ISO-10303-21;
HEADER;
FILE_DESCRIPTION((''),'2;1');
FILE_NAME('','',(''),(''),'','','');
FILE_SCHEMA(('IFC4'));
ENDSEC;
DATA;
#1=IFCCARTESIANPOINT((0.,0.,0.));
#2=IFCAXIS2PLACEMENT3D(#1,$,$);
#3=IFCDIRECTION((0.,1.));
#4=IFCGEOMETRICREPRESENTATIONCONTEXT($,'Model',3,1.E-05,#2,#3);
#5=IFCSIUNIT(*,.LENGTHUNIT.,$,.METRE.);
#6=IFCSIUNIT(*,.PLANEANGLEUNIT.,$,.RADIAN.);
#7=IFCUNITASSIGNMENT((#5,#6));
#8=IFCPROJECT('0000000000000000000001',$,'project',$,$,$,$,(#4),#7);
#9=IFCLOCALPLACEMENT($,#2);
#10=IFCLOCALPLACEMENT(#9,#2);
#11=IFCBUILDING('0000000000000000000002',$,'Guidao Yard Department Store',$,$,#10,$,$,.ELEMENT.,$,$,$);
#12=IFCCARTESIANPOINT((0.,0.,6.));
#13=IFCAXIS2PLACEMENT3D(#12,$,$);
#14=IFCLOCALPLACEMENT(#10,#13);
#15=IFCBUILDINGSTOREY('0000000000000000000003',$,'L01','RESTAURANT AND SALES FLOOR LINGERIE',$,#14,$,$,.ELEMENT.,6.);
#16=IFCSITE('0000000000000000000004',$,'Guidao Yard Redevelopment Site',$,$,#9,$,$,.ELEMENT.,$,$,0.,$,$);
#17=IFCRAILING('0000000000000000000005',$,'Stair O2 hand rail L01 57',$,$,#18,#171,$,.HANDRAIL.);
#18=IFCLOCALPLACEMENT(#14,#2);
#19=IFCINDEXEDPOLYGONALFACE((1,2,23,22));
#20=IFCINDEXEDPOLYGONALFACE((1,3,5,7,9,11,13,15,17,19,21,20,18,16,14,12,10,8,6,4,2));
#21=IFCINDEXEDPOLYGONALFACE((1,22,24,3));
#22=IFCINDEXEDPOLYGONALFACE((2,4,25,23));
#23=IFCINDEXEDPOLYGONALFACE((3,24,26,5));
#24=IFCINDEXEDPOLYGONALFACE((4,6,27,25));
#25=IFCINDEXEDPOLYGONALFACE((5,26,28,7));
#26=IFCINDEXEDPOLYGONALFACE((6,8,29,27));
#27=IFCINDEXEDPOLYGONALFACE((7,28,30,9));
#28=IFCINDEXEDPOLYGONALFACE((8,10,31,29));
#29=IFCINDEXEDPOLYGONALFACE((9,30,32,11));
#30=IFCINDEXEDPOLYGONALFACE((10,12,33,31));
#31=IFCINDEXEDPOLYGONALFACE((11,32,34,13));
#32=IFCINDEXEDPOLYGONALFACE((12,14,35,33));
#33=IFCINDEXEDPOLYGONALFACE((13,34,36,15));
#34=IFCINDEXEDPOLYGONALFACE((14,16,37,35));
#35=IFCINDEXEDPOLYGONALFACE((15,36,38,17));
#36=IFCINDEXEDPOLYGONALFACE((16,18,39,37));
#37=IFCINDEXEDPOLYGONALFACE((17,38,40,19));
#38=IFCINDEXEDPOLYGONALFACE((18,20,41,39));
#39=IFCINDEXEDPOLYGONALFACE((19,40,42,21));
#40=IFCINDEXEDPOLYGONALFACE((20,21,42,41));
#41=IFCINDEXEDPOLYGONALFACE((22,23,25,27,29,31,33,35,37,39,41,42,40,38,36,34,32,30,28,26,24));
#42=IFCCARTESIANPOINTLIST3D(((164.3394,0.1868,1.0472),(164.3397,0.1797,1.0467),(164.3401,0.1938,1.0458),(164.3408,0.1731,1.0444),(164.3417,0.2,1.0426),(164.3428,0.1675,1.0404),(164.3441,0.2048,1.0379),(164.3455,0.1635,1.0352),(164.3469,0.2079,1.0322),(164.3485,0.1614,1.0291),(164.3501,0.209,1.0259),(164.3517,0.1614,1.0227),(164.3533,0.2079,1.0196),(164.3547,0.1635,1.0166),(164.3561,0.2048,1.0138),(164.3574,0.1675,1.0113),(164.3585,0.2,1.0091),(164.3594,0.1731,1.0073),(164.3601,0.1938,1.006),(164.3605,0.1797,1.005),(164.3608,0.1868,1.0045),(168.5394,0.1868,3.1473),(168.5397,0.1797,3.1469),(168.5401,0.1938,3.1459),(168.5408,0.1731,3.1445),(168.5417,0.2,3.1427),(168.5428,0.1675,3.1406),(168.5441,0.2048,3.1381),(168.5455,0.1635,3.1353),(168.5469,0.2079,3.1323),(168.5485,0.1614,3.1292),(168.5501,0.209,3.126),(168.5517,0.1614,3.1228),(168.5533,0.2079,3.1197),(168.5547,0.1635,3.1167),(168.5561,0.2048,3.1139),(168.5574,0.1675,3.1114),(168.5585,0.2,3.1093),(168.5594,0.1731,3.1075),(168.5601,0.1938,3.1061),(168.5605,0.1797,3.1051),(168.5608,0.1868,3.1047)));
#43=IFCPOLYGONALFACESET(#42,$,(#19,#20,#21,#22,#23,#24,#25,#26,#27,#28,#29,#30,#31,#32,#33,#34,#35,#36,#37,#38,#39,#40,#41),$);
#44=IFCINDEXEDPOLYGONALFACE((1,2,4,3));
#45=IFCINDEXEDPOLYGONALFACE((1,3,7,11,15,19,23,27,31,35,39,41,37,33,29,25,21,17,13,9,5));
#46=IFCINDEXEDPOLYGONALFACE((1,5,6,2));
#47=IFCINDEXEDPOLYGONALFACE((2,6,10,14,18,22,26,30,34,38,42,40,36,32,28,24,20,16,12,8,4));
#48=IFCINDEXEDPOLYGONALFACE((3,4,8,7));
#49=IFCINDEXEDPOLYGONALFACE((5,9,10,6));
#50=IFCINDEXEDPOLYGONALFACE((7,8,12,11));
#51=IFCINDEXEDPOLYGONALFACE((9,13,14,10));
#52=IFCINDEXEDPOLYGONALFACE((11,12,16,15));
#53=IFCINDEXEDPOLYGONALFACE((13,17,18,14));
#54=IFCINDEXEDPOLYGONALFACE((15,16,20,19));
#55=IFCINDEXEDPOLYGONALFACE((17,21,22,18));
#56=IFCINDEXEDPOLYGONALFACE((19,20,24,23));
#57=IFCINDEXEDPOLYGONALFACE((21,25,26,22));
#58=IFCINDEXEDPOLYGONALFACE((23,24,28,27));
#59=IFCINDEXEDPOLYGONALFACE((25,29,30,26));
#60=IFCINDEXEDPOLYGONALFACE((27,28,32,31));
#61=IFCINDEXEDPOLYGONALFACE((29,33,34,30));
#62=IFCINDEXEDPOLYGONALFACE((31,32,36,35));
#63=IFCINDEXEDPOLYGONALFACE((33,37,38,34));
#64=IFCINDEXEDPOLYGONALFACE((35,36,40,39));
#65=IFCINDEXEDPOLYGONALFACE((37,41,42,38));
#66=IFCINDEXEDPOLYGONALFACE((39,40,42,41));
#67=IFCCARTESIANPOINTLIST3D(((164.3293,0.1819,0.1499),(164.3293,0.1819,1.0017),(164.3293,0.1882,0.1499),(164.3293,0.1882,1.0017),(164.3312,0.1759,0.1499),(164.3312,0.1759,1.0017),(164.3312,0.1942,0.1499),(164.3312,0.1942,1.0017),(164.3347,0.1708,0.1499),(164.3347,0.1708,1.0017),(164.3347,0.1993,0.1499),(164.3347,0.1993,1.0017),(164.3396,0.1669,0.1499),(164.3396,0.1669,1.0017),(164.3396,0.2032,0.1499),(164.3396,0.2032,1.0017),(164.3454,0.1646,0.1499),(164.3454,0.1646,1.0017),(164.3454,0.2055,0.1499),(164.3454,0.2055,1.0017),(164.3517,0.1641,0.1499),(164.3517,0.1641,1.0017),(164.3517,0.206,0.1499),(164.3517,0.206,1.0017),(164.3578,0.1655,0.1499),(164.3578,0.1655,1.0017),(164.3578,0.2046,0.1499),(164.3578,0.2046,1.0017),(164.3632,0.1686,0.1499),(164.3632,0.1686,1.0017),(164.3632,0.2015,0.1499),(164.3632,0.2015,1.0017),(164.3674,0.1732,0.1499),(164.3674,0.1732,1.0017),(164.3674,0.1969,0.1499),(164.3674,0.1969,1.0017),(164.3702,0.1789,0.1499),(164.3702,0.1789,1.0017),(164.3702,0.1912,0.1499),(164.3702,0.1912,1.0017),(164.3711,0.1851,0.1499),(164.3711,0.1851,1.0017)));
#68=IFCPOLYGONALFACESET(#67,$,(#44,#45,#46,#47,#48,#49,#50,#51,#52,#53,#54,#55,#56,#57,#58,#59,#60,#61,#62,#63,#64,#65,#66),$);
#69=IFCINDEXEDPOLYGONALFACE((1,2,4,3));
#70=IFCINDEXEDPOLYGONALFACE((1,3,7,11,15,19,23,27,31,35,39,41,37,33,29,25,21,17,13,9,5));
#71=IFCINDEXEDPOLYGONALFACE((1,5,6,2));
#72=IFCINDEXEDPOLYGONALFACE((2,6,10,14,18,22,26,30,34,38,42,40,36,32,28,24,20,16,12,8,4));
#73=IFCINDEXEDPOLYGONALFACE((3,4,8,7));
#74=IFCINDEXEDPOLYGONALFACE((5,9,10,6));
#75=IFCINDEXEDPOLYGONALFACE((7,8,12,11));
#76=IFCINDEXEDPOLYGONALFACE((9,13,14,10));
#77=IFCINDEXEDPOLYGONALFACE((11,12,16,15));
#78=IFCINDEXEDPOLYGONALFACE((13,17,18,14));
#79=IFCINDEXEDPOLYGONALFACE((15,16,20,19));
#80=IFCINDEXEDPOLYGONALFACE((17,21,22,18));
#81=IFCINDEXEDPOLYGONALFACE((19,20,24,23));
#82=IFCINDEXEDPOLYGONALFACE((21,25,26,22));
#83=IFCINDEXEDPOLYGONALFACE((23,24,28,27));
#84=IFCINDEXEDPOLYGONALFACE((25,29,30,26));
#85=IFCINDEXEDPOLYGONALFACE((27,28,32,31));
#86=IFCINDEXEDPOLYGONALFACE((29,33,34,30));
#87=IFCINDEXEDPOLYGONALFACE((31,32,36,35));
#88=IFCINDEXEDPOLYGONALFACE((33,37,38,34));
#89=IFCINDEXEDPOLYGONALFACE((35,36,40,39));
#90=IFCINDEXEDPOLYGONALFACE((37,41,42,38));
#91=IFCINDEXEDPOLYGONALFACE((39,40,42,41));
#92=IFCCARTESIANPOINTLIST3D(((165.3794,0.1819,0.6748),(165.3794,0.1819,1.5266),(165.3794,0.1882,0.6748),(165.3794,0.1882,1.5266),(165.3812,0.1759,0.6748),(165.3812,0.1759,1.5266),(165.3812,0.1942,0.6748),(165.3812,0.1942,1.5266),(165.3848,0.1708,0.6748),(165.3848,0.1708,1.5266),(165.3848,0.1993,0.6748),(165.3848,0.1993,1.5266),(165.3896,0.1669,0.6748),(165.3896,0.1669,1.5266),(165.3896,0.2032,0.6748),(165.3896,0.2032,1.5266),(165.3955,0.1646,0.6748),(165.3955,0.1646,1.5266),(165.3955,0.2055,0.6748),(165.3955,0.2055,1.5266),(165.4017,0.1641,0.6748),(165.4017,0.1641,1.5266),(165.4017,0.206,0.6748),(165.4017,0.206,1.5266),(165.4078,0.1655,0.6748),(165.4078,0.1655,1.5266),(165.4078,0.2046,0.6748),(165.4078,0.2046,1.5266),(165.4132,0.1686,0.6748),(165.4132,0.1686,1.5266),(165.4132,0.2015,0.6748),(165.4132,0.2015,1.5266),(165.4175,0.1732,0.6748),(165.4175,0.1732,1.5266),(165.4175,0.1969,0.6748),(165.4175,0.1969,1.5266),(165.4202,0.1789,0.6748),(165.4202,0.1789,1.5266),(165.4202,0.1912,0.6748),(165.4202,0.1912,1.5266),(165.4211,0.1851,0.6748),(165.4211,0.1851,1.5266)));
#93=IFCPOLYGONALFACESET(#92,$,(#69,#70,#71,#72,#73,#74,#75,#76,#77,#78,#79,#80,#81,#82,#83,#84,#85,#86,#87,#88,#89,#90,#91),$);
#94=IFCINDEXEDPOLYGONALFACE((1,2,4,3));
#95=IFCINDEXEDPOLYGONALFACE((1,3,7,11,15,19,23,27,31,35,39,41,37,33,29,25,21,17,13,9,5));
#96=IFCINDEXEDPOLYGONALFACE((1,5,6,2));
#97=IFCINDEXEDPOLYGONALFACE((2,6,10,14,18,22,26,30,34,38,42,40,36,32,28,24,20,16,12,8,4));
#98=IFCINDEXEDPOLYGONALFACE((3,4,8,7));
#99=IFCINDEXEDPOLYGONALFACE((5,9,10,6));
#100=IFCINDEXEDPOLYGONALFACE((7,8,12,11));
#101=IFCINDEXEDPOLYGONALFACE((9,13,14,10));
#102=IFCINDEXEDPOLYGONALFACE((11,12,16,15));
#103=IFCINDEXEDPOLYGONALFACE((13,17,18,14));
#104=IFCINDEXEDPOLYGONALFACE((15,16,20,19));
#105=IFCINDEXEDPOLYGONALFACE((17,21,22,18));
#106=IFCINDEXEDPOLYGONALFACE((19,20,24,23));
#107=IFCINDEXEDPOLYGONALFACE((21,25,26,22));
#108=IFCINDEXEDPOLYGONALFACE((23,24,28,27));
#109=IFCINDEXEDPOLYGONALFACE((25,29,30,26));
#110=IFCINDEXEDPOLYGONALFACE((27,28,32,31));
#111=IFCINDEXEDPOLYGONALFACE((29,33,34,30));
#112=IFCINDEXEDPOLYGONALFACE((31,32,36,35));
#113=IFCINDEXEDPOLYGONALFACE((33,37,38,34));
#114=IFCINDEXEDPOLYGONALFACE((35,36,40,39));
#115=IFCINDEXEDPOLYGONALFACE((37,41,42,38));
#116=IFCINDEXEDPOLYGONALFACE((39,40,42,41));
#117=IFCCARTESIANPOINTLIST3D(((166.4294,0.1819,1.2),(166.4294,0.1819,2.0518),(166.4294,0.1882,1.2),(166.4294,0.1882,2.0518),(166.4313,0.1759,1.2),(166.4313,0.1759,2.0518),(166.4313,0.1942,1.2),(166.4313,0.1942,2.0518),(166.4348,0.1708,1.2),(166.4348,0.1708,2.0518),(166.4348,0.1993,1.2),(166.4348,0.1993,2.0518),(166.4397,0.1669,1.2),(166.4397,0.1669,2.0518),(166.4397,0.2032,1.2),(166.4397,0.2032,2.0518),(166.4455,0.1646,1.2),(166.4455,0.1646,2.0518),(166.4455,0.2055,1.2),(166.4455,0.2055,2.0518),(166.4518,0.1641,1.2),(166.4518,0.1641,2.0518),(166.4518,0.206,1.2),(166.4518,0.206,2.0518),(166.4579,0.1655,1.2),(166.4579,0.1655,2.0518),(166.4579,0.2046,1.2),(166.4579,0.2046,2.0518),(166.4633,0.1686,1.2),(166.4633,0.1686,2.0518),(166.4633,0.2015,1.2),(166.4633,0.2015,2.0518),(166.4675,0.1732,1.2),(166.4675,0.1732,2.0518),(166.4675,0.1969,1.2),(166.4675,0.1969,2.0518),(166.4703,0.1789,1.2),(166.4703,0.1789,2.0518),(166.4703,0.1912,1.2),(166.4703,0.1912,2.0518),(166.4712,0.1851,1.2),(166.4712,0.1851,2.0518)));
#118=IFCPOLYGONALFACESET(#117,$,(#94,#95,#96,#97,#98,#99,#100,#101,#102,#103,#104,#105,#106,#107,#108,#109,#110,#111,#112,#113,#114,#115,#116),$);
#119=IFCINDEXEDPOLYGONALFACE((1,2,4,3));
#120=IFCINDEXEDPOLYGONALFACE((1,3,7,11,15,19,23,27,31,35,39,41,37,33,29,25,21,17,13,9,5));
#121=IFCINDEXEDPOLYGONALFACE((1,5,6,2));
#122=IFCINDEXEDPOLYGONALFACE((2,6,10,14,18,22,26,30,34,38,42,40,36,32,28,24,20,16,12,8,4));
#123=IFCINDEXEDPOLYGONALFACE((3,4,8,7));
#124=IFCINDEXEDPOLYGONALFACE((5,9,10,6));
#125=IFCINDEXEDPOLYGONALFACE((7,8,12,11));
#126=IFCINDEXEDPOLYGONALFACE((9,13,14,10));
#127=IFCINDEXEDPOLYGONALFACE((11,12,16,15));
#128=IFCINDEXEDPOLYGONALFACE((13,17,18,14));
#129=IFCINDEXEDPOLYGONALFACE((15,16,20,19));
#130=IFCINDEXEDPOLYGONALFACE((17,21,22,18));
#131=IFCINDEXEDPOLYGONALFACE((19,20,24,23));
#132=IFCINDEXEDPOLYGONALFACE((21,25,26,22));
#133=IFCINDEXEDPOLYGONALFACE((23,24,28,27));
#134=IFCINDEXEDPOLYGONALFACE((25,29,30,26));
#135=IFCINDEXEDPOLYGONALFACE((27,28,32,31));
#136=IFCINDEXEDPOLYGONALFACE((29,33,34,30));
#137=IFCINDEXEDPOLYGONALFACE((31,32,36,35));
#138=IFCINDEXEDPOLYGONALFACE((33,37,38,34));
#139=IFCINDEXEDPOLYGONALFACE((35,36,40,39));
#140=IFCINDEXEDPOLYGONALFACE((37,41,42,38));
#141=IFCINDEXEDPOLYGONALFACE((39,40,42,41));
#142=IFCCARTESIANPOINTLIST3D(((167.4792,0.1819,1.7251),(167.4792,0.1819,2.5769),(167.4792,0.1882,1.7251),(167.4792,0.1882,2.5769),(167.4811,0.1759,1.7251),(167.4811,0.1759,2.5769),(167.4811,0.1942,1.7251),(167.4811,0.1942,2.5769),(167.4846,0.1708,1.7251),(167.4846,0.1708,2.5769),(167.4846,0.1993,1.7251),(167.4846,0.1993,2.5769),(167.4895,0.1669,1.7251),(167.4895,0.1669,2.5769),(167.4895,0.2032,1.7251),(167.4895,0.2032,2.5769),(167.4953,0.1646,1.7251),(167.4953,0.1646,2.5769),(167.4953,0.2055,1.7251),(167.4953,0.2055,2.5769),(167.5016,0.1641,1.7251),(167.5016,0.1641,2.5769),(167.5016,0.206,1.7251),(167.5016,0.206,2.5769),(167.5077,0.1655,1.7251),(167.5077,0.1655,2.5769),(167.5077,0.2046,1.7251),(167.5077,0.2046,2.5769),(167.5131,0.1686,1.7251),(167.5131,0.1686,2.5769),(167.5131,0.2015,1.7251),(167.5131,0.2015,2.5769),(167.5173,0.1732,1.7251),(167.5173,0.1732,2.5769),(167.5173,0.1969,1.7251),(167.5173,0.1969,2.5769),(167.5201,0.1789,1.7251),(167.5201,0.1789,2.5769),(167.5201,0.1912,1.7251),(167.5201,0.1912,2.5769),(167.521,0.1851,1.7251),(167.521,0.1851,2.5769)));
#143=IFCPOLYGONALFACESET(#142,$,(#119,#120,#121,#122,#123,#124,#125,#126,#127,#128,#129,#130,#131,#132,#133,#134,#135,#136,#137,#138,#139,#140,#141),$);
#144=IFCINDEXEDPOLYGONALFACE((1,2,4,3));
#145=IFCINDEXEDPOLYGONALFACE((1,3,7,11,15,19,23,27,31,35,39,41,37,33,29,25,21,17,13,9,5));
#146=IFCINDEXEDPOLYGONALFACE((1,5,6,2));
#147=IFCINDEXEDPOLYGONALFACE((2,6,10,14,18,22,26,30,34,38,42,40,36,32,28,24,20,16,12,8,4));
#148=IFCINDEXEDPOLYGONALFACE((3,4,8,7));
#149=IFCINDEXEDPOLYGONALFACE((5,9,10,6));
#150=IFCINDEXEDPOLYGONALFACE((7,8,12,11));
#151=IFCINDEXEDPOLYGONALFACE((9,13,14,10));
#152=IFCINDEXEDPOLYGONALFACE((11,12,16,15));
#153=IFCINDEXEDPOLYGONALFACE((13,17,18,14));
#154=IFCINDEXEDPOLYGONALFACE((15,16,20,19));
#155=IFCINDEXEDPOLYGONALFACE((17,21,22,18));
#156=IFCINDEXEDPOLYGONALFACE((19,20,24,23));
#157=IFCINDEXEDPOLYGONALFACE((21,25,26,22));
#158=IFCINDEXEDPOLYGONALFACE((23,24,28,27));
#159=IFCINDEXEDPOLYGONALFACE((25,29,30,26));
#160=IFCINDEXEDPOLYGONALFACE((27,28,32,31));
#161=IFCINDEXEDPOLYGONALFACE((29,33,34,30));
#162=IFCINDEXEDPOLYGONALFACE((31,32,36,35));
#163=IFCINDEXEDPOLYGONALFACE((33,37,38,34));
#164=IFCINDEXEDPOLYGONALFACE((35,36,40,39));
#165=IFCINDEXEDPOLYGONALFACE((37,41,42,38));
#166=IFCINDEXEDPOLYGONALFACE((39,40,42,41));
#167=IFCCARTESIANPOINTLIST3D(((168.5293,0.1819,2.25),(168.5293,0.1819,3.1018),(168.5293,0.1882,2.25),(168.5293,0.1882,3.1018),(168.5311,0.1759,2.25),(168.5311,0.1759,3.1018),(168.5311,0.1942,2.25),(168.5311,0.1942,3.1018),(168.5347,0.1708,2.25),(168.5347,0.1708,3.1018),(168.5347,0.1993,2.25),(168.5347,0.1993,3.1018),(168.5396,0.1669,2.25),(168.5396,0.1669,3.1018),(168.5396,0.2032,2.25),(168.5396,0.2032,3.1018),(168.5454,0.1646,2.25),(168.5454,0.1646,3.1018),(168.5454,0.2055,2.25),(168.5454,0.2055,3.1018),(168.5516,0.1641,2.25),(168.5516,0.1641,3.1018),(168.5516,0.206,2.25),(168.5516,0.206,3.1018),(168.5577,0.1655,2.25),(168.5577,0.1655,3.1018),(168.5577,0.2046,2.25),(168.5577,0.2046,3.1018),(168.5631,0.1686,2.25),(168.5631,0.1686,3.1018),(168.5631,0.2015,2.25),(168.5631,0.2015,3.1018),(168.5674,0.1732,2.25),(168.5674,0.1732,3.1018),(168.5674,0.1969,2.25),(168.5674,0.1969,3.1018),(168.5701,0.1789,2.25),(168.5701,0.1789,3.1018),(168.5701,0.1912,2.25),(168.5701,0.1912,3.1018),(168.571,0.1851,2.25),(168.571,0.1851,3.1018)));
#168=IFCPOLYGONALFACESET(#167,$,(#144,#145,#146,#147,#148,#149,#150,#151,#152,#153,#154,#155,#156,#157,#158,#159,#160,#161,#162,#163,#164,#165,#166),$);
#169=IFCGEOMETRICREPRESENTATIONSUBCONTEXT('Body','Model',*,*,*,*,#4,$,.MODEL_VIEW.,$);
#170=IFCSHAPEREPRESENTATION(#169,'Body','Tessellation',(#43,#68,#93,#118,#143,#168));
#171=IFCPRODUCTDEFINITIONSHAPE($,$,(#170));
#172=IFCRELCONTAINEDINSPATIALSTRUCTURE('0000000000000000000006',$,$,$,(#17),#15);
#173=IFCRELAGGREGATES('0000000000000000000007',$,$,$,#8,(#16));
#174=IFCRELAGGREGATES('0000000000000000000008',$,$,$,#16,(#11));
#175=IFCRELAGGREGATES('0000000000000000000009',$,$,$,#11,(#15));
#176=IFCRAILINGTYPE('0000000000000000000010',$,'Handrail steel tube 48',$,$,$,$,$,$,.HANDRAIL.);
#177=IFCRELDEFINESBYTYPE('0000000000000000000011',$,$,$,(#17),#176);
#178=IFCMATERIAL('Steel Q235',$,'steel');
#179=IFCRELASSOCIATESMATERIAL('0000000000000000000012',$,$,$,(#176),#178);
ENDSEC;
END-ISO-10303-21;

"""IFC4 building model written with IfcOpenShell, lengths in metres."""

from ifc_helpers import new_model, si_unit, direction, frame, origin, origin_2d, place, context, subcontext, project, spatial, circle, extrude, material, type_object, element, save


model = new_model("IFC4")

# Units and contexts
model_context = context("Model", 3, precision=1e-05, world=origin(), true_north=direction((0.0, 1.0)))
body_context = subcontext(model_context, "Body", "Model", "MODEL_VIEW")
ifc_project = project(units=[si_unit("LENGTHUNIT", "METRE"), si_unit("PLANEANGLEUNIT", "RADIAN")], contexts=[model_context])

# Site, building, storey
site_placement = place(None, origin())
site = spatial("IfcSite", under=ifc_project, at=site_placement, Name="Guidao Yard Redevelopment Site", CompositionType="ELEMENT", RefElevation=0.0)
building_placement = place(site_placement, origin())
building = spatial("IfcBuilding", under=site, at=building_placement, Name="Guidao Yard Department Store", CompositionType="ELEMENT")
storey_placement = place(building_placement, frame((0.0, 0.0, 6.0)))
storey = spatial("IfcBuildingStorey", under=building, at=storey_placement, Name="L01", Description="RESTAURANT AND SALES FLOOR LINGERIE", CompositionType="ELEMENT", Elevation=6.0)

# Railing
ifc_material_1 = material(Name="Steel Q235", Category="steel")
railing_type_1 = type_object("IfcRailingType", Name="Handrail steel tube 48", PredefinedType="HANDRAIL", material=ifc_material_1)
for number, where, name in (
    (1, (164.3501, 0.1851, 0.1499), "Stair O2 hand rail L01 57"),
):
    element("IfcRailing", number, at=place(storey_placement, frame(where)), inside=storey, type_object=railing_type_1, Name=name, PredefinedType="HANDRAIL", context=body_context, shape_type="SweptSolid", body=[
        extrude(circle(Radius=0.0239, at=origin_2d()), frame((0.0, 0.0, 0.876), z_axis=(0.894417, 0.0, 0.447234), x_axis=(0.0, 1.0, 0.0)), (0.0, 0.0, 1.0), 4.6958),
        extrude(circle(Radius=0.021, at=origin_2d()), origin(), (0.0, 0.0, 1.0), 0.8518),
        extrude(circle(Radius=0.021, at=origin_2d()), frame((1.05, 0.0, 0.5249)), (0.0, 0.0, 1.0), 0.8518),
        extrude(circle(Radius=0.021, at=origin_2d()), frame((2.1001, 0.0, 1.05)), (0.0, 0.0, 1.0), 0.8518),
        extrude(circle(Radius=0.021, at=origin_2d()), frame((3.1499, 0.0, 1.5752)), (0.0, 0.0, 1.0), 0.8518),
        extrude(circle(Radius=0.021, at=origin_2d()), frame((4.2, 0.0, 2.1001)), (0.0, 0.0, 1.0), 0.8518),
    ])

save(model, "model.ifc")
